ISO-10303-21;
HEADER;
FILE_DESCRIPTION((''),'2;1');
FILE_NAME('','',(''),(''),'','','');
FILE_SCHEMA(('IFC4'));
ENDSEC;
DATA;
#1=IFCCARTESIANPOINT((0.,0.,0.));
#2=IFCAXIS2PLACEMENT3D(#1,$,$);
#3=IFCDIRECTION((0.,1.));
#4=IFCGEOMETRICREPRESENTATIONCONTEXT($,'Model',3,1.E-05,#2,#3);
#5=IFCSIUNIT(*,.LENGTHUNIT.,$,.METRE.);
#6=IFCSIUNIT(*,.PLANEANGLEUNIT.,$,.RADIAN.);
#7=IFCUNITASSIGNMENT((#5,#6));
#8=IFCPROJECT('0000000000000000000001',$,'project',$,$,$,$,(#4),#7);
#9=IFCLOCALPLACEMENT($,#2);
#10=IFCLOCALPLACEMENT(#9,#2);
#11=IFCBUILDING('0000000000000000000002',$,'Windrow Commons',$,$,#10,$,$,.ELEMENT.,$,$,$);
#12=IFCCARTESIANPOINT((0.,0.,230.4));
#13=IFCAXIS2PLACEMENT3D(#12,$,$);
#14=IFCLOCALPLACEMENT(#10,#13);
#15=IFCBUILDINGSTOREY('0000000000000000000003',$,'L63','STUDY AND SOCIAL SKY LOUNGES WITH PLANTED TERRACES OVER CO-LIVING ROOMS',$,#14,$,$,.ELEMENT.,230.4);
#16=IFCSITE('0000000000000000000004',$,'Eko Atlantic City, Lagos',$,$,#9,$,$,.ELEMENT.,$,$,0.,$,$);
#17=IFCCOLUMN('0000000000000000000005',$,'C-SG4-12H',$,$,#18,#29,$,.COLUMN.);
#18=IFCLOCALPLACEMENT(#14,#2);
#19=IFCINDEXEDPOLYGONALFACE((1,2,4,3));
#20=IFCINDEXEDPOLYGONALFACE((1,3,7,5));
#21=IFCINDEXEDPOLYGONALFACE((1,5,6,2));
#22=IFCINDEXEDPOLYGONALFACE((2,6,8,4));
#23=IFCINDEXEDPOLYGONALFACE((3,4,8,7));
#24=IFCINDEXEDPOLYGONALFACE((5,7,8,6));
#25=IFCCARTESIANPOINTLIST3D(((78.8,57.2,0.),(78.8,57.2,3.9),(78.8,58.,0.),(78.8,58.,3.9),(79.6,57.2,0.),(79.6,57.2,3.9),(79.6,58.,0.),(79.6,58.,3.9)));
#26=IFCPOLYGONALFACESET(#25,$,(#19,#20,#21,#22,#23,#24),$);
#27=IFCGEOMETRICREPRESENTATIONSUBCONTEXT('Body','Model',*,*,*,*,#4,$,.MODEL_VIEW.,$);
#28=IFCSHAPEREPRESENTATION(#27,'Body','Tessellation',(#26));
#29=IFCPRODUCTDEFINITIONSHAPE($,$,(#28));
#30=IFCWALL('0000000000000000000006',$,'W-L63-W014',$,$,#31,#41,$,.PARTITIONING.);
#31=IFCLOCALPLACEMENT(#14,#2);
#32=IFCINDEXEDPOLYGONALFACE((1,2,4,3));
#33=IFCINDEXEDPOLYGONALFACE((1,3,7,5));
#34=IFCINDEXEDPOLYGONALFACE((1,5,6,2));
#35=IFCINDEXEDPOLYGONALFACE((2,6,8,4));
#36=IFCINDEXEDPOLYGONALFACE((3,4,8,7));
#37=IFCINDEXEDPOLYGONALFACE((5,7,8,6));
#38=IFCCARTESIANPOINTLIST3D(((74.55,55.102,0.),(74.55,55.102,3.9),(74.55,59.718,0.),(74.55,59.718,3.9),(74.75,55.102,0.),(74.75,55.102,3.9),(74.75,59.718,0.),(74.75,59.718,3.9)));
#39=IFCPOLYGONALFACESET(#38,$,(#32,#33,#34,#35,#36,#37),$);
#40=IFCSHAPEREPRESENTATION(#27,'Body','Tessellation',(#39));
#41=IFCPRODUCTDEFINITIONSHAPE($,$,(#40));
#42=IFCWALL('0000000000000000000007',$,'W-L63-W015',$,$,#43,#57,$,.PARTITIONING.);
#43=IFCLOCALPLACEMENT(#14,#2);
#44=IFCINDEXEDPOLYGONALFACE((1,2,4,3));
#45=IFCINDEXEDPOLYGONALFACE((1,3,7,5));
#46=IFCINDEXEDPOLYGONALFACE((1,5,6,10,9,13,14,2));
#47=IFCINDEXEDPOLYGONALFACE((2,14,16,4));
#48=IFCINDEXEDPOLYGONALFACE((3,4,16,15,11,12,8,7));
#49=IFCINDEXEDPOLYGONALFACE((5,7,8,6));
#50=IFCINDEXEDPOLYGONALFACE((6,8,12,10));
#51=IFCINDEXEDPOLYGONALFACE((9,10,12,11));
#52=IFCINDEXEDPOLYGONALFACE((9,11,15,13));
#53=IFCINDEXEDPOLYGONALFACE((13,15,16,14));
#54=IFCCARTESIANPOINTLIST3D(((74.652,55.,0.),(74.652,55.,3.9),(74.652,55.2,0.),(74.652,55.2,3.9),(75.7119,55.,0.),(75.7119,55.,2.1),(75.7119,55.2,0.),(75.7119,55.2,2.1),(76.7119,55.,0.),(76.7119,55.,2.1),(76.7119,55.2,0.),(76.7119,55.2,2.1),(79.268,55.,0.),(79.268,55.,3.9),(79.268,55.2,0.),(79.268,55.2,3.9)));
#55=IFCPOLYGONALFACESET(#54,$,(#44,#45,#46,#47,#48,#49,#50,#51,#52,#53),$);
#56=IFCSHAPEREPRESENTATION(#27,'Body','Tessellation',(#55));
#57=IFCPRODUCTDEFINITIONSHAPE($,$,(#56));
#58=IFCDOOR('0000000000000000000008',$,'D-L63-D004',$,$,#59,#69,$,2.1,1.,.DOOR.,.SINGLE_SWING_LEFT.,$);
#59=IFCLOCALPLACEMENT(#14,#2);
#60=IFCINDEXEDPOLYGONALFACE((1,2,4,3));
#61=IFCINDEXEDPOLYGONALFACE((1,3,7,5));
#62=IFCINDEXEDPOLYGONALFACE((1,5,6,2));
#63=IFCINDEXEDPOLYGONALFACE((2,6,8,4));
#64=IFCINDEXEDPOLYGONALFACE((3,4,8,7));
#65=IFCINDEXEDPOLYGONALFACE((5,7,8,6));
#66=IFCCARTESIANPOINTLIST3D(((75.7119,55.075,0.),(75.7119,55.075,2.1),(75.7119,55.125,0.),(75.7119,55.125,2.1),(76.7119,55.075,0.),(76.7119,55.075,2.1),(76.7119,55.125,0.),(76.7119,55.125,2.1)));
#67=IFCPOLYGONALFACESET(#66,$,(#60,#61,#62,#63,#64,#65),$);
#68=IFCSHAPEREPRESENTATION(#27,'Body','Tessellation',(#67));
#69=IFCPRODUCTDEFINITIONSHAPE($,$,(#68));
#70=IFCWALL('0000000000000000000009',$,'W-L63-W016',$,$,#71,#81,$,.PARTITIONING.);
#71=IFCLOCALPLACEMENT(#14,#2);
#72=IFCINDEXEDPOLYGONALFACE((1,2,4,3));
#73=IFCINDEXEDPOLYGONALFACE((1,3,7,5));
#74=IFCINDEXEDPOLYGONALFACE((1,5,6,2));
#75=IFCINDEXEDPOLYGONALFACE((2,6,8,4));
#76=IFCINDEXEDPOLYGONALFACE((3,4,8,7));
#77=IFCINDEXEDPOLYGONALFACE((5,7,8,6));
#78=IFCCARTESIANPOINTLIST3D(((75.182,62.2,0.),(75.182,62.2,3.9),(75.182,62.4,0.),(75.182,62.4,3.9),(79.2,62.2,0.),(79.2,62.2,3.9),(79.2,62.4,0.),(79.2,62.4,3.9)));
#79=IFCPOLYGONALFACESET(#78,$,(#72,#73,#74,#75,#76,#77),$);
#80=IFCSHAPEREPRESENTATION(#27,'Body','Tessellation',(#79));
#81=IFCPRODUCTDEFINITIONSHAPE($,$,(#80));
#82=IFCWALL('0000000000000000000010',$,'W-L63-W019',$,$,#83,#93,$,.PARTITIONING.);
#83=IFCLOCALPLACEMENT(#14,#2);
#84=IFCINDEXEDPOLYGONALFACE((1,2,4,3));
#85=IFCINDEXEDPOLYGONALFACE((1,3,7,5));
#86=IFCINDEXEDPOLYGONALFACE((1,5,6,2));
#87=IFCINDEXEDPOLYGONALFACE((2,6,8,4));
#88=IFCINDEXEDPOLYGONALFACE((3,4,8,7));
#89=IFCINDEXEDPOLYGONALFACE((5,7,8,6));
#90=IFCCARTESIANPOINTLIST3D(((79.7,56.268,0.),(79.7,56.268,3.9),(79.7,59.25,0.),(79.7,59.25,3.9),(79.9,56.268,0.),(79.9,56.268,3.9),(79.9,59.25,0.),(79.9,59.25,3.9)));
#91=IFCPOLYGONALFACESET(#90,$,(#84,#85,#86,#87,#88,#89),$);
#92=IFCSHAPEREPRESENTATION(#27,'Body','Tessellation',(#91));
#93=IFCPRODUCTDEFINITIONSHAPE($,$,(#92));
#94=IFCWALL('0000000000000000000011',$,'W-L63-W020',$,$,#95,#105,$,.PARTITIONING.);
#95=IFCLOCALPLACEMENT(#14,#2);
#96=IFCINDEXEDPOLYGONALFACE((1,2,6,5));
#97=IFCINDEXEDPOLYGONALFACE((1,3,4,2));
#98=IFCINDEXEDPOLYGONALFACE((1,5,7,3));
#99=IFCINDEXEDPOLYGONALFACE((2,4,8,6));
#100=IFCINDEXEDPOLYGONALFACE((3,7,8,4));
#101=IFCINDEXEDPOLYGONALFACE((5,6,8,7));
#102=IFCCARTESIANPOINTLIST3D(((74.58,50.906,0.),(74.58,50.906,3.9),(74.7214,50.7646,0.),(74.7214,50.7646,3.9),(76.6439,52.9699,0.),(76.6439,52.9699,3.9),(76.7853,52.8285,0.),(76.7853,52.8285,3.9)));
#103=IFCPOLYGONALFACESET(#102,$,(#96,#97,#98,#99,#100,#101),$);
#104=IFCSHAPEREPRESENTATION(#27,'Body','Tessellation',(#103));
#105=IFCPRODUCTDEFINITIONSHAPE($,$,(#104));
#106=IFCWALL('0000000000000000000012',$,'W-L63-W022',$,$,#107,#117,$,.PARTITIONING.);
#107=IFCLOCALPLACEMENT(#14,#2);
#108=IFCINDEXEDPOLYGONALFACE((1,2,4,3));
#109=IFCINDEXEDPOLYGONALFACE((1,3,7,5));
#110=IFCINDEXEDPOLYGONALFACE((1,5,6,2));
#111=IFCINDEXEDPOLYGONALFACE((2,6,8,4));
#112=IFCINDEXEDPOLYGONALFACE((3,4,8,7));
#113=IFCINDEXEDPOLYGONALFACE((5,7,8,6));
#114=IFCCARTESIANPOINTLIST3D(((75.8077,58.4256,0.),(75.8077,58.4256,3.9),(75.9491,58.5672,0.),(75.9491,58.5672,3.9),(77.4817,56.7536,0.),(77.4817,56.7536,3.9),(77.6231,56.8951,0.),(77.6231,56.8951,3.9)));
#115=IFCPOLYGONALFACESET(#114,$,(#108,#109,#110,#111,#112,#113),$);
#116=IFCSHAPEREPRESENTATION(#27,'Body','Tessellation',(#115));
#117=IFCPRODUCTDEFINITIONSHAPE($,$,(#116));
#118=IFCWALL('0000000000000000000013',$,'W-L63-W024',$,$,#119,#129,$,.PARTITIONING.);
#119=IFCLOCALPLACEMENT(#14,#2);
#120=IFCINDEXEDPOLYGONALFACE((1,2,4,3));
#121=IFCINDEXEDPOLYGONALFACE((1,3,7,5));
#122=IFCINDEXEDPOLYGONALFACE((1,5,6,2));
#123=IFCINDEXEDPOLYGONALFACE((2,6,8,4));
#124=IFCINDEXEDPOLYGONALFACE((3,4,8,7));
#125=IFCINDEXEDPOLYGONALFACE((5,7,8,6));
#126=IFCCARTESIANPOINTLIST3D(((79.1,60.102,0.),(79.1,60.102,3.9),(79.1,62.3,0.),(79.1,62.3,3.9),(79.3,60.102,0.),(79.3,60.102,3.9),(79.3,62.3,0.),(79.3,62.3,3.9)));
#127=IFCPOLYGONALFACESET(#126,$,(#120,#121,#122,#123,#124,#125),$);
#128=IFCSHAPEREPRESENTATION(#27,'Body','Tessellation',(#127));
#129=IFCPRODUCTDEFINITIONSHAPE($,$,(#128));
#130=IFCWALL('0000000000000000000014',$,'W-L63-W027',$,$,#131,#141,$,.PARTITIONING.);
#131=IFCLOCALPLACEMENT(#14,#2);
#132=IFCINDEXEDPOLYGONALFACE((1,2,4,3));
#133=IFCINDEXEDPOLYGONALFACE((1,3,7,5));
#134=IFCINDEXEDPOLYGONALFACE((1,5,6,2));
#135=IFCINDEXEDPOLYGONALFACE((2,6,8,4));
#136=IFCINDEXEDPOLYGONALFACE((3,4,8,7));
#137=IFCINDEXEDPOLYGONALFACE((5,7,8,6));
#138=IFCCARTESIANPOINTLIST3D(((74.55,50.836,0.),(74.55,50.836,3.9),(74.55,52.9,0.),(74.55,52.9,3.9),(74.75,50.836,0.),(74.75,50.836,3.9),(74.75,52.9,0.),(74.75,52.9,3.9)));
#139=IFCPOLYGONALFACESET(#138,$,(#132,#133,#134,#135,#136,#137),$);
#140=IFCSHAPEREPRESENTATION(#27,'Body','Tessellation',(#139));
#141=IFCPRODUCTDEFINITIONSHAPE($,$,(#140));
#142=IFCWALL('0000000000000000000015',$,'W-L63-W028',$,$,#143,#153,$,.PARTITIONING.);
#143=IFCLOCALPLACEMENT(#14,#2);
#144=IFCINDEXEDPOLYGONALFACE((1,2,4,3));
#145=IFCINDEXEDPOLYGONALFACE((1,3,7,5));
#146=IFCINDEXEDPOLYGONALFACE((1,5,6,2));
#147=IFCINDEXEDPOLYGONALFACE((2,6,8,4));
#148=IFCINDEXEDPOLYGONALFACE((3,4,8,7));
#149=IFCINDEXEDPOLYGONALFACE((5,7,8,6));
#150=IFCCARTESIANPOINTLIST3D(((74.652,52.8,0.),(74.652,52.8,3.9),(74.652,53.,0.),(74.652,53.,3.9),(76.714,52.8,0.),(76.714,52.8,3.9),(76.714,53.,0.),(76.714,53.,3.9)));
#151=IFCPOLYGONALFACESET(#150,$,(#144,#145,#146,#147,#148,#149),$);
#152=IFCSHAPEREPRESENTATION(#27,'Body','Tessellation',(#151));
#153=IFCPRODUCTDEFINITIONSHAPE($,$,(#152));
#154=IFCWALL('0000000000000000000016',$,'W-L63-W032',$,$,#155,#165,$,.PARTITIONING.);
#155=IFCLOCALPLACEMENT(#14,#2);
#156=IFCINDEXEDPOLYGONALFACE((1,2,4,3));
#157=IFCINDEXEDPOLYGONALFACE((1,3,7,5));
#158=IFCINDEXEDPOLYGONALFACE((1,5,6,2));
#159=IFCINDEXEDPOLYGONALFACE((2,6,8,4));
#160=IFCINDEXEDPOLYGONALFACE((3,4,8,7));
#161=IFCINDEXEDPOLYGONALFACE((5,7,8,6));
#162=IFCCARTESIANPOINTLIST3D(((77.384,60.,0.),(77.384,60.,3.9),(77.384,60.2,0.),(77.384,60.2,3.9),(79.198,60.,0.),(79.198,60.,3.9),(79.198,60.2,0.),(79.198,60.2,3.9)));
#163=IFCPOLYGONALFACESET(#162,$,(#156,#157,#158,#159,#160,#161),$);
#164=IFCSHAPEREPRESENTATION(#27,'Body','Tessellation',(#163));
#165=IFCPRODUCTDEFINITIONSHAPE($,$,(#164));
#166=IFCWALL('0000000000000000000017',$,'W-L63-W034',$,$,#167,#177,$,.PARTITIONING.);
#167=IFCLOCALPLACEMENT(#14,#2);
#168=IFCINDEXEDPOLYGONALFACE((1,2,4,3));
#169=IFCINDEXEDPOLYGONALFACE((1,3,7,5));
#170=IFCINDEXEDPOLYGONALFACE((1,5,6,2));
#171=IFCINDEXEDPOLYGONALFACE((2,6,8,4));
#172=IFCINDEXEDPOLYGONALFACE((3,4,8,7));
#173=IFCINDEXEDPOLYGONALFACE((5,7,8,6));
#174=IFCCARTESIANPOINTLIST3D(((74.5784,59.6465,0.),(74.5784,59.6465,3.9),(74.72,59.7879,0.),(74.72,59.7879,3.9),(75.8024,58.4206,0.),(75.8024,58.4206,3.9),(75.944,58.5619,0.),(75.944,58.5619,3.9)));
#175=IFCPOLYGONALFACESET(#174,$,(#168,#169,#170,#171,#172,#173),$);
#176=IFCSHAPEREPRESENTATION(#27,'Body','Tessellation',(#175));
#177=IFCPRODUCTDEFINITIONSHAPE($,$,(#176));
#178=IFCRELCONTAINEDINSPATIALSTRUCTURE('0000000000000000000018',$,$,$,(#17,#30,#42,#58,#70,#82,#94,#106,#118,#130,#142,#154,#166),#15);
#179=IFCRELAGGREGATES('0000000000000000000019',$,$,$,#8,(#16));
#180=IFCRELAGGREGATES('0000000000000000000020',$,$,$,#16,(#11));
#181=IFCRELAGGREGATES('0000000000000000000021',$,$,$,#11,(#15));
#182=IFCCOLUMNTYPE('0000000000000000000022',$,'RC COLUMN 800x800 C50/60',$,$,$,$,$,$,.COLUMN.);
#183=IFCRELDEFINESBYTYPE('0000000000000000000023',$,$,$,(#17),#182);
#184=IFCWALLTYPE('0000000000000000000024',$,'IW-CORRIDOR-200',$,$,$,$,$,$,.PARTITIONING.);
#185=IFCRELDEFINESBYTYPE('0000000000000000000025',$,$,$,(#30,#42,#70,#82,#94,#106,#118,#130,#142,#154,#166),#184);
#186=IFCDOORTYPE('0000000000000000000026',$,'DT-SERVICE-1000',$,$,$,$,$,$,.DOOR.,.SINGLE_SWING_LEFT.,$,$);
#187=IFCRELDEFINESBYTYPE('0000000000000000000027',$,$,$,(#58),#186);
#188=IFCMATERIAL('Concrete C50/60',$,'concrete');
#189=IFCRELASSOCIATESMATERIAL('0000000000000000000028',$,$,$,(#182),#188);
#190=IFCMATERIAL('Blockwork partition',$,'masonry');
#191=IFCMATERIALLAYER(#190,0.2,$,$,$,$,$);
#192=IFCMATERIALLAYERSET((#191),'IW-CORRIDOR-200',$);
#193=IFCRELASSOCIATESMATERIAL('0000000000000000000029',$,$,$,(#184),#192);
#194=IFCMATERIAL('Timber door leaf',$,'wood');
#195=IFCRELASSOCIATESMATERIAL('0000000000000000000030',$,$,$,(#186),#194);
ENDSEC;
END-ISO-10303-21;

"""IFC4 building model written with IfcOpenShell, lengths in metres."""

from ifc_helpers import new_model, si_unit, direction, frame, frame_2d, origin, origin_2d, place, context, subcontext, project, spatial, rectangle, extrude, material, layer, layer_set, material_profile, profile_set, type_object, element, fill, save


model = new_model("IFC4")

# Units and contexts
model_context = context("Model", 3, precision=1e-05, world=origin(), true_north=direction((0.0, 1.0)))
body_context = subcontext(model_context, "Body", "Model", "MODEL_VIEW")
ifc_project = project(units=[si_unit("LENGTHUNIT", "METRE"), si_unit("PLANEANGLEUNIT", "RADIAN")], contexts=[model_context])

# Site, building, storey
site_placement = place(None, origin())
site = spatial("IfcSite", under=ifc_project, at=site_placement, Name="Eko Atlantic City, Lagos", CompositionType="ELEMENT", RefElevation=0.0)
building_placement = place(site_placement, origin())
building = spatial("IfcBuilding", under=site, at=building_placement, Name="Windrow Commons", CompositionType="ELEMENT")
storey_placement = place(building_placement, frame((0.0, 0.0, 230.4)))
storey = spatial("IfcBuildingStorey", under=building, at=storey_placement, Name="L63", Description="STUDY AND SOCIAL SKY LOUNGES WITH PLANTED TERRACES OVER CO-LIVING ROOMS", CompositionType="ELEMENT", Elevation=230.4)

# Column
ifc_material_1 = material(Name="Concrete C50/60", Category="concrete")
ifc_material_profile = material_profile(ifc_material_1, rectangle(XDim=0.8, YDim=0.8, at=origin_2d()))
ifc_profile_set = profile_set([ifc_material_profile], Name="Concrete C50/60")
column_type = type_object("IfcColumnType", Name="RC COLUMN 800x800 C50/60", PredefinedType="COLUMN", material=ifc_profile_set)
column_placement = place(storey_placement, frame((79.2, 57.6, 0.0), z_axis=(0.0, 0.0, 1.0), x_axis=(1.0, 0.0, 0.0)))
element("IfcColumn", 1, at=column_placement, inside=storey, type_object=column_type, Name="C-SG4-12H", PredefinedType="COLUMN", context=body_context, shape_type="SweptSolid", body=[
    extrude(rectangle(XDim=0.8, YDim=0.8, at=origin_2d()), origin(), (0.0, 0.0, 1.0), 3.9),
])

# Wall
ifc_material_2 = material(Name="Blockwork partition", Category="masonry")
ifc_layer_1 = layer(ifc_material_2, 0.2)
ifc_layer_set_1 = layer_set([ifc_layer_1], Name="IW-CORRIDOR-200")
wall_type_1 = type_object("IfcWallType", Name="IW-CORRIDOR-200", PredefinedType="PARTITIONING", material=ifc_layer_set_1)
wall_1_placement = place(storey_placement, frame((74.65, 55.102, 0.0), z_axis=(0.0, 0.0, 1.0), x_axis=(0.0, 1.0, 0.0)))
element("IfcWall", 2, at=wall_1_placement, inside=storey, type_object=wall_type_1, Name="W-L63-W014", PredefinedType="PARTITIONING", context=body_context, shape_type="SweptSolid", body=[
    extrude(rectangle(XDim=4.616, YDim=0.2, at=frame_2d((2.308, 0.0))), origin(), (0.0, 0.0, 1.0), 3.9),
])

# Wall, opening, door
wall_2_placement = place(storey_placement, frame((74.652, 55.1, 0.0), z_axis=(0.0, 0.0, 1.0), x_axis=(1.0, 0.0, 0.0)))
wall_2 = element("IfcWall", 3, at=wall_2_placement, inside=storey, type_object=wall_type_1, Name="W-L63-W015", PredefinedType="PARTITIONING", context=body_context, shape_type="SweptSolid", body=[
    extrude(rectangle(XDim=4.616, YDim=0.2, at=frame_2d((2.308, 0.0))), origin(), (0.0, 0.0, 1.0), 3.9),
])
opening_1_placement = place(wall_2_placement, frame((1.0599, 0.0, 0.0)))
opening_1 = element("IfcOpeningElement", 4, at=opening_1_placement, cuts=wall_2, PredefinedType="OPENING", context=body_context, shape_type="SweptSolid", body=[
    extrude(rectangle(XDim=1.0, YDim=2.1, at=frame_2d((0.5, 1.05))), frame((0.0, 0.11, 0.0), z_axis=(0.0, -1.0, 0.0), x_axis=(1.0, 0.0, 0.0)), (0.0, 0.0, 1.0), 0.22),
])
ifc_material_3 = material(Name="Timber door leaf", Category="wood")
door_type_1 = type_object("IfcDoorType", Name="DT-SERVICE-1000", OperationType="SINGLE_SWING_LEFT", PredefinedType="DOOR", material=ifc_material_3)
door_1_placement = place(opening_1_placement, origin())
door_1 = element("IfcDoor", 5, at=door_1_placement, inside=storey, type_object=door_type_1, Name="D-L63-D004", OperationType="SINGLE_SWING_LEFT", OverallHeight=2.1, OverallWidth=1.0, PredefinedType="DOOR", context=body_context, shape_type="SweptSolid", body=[
    extrude(rectangle(XDim=1.0, YDim=2.1, at=frame_2d((0.5, 1.05))), frame((0.0, 0.025, 0.0), z_axis=(0.0, -1.0, 0.0), x_axis=(1.0, 0.0, 0.0)), (0.0, 0.0, 1.0), 0.05),
])
fill(opening_1, door_1)

# Walls
wall_3_placement = place(storey_placement, frame((75.182, 62.3, 0.0), z_axis=(0.0, 0.0, 1.0), x_axis=(1.0, 0.0, 0.0)))
element("IfcWall", 6, at=wall_3_placement, inside=storey, type_object=wall_type_1, Name="W-L63-W016", PredefinedType="PARTITIONING", context=body_context, shape_type="SweptSolid", body=[
    extrude(rectangle(XDim=4.018, YDim=0.2, at=frame_2d((2.009, 0.0))), origin(), (0.0, 0.0, 1.0), 3.9),
])
wall_4_placement = place(storey_placement, frame((79.8, 56.268, 0.0), z_axis=(0.0, 0.0, 1.0), x_axis=(0.0, 1.0, 0.0)))
element("IfcWall", 7, at=wall_4_placement, inside=storey, type_object=wall_type_1, Name="W-L63-W019", PredefinedType="PARTITIONING", context=body_context, shape_type="SweptSolid", body=[
    extrude(rectangle(XDim=2.982, YDim=0.2, at=frame_2d((1.491, 0.0))), origin(), (0.0, 0.0, 1.0), 3.9),
])
wall_5_placement = place(storey_placement, frame((74.6507, 50.8353, 0.0), z_axis=(0.0, 0.0, 1.0), x_axis=(0.707107, 0.707107, 0.0)))
element("IfcWall", 8, at=wall_5_placement, inside=storey, type_object=wall_type_1, Name="W-L63-W020", PredefinedType="PARTITIONING", context=body_context, shape_type="SweptSolid", body=[
    extrude(rectangle(XDim=2.9189, YDim=0.2, at=frame_2d((1.4594, 0.0))), origin(), (0.0, 0.0, 1.0), 3.9),
])
wall_6_placement = place(storey_placement, frame((75.8784, 58.4964, 0.0), z_axis=(0.0, 0.0, 1.0), x_axis=(0.707529, -0.706684, 0.0)))
element("IfcWall", 9, at=wall_6_placement, inside=storey, type_object=wall_type_1, Name="W-L63-W022", PredefinedType="PARTITIONING", context=body_context, shape_type="SweptSolid", body=[
    extrude(rectangle(XDim=2.366, YDim=0.2, at=frame_2d((1.183, 0.0))), origin(), (0.0, 0.0, 1.0), 3.9),
])
wall_7_placement = place(storey_placement, frame((79.2, 60.102, 0.0), z_axis=(0.0, 0.0, 1.0), x_axis=(0.0, 1.0, 0.0)))
element("IfcWall", 10, at=wall_7_placement, inside=storey, type_object=wall_type_1, Name="W-L63-W024", PredefinedType="PARTITIONING", context=body_context, shape_type="SweptSolid", body=[
    extrude(rectangle(XDim=2.198, YDim=0.2, at=frame_2d((1.099, 0.0))), origin(), (0.0, 0.0, 1.0), 3.9),
])
wall_8_placement = place(storey_placement, frame((74.65, 50.836, 0.0), z_axis=(0.0, 0.0, 1.0), x_axis=(0.0, 1.0, 0.0)))
element("IfcWall", 11, at=wall_8_placement, inside=storey, type_object=wall_type_1, Name="W-L63-W027", PredefinedType="PARTITIONING", context=body_context, shape_type="SweptSolid", body=[
    extrude(rectangle(XDim=2.064, YDim=0.2, at=frame_2d((1.032, 0.0))), origin(), (0.0, 0.0, 1.0), 3.9),
])
wall_9_placement = place(storey_placement, frame((74.652, 52.9, 0.0), z_axis=(0.0, 0.0, 1.0), x_axis=(1.0, 0.0, 0.0)))
element("IfcWall", 12, at=wall_9_placement, inside=storey, type_object=wall_type_1, Name="W-L63-W028", PredefinedType="PARTITIONING", context=body_context, shape_type="SweptSolid", body=[
    extrude(rectangle(XDim=2.062, YDim=0.2, at=frame_2d((1.031, 0.0))), origin(), (0.0, 0.0, 1.0), 3.9),
])
wall_10_placement = place(storey_placement, frame((77.384, 60.1, 0.0), z_axis=(0.0, 0.0, 1.0), x_axis=(1.0, 0.0, 0.0)))
element("IfcWall", 13, at=wall_10_placement, inside=storey, type_object=wall_type_1, Name="W-L63-W032", PredefinedType="PARTITIONING", context=body_context, shape_type="SweptSolid", body=[
    extrude(rectangle(XDim=1.814, YDim=0.2, at=frame_2d((0.907, 0.0))), origin(), (0.0, 0.0, 1.0), 3.9),
])
wall_11_placement = place(storey_placement, frame((74.6492, 59.7172, 0.0), z_axis=(0.0, 0.0, 1.0), x_axis=(0.706529, -0.707684, 0.0)))
element("IfcWall", 14, at=wall_11_placement, inside=storey, type_object=wall_type_1, Name="W-L63-W034", PredefinedType="PARTITIONING", context=body_context, shape_type="SweptSolid", body=[
    extrude(rectangle(XDim=1.7324, YDim=0.2, at=frame_2d((0.8662, 0.0))), origin(), (0.0, 0.0, 1.0), 3.9),
])

save(model, "model.ifc")
